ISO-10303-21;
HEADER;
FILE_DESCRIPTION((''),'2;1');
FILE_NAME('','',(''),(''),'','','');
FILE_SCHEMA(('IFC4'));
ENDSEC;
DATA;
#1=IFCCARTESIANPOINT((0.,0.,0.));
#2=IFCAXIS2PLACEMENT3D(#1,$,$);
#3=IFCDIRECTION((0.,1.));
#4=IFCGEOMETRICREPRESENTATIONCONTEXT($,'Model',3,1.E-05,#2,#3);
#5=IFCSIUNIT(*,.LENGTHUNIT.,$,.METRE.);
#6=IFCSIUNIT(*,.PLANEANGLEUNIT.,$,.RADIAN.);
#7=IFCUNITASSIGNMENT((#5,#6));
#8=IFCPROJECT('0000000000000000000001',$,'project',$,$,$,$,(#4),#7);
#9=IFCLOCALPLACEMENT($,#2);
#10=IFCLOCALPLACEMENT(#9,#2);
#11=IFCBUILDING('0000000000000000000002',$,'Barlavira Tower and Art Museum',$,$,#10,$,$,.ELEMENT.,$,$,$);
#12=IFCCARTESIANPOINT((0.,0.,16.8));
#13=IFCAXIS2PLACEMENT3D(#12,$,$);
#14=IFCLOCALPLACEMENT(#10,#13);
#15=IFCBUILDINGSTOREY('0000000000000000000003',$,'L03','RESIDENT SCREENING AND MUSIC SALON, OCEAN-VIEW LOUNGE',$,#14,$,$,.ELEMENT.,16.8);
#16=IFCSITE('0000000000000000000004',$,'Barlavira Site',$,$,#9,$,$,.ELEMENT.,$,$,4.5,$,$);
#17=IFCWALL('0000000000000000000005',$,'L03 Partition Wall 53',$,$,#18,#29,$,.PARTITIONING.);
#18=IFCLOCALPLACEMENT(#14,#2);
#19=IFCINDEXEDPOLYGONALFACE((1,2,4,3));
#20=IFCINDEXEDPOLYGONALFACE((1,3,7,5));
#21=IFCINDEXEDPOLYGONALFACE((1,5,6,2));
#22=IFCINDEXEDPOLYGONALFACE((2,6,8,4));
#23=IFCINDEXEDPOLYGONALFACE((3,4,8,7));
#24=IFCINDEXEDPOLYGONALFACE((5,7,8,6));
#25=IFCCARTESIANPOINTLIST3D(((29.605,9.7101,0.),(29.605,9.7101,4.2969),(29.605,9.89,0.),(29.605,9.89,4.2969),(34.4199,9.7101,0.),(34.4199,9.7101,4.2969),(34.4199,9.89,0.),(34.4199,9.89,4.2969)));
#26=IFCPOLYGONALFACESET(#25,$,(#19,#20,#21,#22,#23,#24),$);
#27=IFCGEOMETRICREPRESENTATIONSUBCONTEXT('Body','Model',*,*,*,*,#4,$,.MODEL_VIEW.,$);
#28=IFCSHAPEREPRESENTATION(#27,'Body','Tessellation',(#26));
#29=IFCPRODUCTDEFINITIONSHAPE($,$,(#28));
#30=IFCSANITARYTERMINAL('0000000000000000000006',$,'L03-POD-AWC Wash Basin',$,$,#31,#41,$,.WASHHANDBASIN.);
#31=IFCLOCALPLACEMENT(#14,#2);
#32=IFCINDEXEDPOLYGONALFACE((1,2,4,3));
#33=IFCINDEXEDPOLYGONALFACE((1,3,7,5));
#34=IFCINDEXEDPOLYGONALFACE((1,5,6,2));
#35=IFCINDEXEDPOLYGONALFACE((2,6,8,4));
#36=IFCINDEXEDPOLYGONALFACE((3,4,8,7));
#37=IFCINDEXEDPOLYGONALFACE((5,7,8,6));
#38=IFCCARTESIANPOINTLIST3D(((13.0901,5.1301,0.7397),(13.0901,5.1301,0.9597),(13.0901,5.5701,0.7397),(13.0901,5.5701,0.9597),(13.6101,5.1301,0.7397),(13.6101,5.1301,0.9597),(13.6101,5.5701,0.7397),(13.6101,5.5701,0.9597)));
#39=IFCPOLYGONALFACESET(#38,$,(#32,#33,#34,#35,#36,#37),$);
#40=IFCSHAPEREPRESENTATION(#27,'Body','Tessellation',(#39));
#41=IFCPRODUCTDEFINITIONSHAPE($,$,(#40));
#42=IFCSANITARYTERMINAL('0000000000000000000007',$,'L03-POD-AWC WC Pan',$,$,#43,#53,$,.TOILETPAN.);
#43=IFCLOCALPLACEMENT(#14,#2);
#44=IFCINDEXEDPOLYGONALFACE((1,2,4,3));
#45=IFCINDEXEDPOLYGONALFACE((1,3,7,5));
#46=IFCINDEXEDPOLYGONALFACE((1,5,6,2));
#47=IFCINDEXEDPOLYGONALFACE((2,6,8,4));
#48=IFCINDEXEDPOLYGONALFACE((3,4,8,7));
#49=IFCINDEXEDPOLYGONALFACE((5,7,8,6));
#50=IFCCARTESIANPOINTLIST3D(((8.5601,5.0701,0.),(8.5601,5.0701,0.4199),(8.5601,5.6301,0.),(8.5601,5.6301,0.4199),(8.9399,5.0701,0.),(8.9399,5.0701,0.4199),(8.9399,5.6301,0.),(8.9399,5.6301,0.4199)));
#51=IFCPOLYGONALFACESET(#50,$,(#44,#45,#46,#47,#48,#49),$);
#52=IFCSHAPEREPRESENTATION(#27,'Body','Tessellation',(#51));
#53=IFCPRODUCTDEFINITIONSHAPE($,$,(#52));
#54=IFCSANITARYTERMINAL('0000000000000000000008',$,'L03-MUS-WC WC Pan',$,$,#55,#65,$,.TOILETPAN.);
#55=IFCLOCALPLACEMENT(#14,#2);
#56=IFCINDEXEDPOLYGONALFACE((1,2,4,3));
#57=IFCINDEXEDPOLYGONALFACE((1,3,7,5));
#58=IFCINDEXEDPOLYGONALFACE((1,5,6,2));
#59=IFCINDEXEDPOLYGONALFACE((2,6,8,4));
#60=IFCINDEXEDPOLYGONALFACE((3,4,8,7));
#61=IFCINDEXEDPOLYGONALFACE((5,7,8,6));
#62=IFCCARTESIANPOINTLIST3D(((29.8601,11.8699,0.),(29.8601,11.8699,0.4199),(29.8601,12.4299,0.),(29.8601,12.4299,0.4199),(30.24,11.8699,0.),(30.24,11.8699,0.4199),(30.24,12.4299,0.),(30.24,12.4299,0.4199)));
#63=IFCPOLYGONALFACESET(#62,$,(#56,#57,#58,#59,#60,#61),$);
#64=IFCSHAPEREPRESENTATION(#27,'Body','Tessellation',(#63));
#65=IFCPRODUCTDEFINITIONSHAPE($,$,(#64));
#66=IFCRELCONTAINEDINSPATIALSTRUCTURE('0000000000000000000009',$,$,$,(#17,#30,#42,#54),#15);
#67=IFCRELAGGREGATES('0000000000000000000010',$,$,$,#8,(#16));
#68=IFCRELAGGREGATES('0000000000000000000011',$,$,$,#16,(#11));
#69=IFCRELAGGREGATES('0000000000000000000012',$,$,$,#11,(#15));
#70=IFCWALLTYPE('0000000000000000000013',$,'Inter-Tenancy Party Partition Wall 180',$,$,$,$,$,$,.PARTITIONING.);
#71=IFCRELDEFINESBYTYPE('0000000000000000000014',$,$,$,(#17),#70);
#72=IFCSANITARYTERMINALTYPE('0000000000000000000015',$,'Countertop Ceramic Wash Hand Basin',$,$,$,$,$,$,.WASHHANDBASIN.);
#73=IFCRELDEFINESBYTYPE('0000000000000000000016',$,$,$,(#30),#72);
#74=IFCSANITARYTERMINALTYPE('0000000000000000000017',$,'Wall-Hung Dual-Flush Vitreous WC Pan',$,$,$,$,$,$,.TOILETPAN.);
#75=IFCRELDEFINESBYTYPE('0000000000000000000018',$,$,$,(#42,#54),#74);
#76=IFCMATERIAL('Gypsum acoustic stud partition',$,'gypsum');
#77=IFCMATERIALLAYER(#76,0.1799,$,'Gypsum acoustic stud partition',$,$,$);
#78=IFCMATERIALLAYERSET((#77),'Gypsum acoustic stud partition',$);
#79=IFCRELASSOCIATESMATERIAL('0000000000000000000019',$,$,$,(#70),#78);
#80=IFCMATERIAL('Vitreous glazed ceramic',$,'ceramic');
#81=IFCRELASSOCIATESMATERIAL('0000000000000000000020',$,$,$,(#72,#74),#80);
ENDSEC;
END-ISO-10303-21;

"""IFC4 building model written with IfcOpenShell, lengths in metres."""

from ifc_helpers import new_model, si_unit, direction, frame, frame_2d, origin, origin_2d, place, context, subcontext, project, spatial, rectangle, extrude, material, layer, layer_set, type_object, element, save


model = new_model("IFC4")

# Units and contexts
model_context = context("Model", 3, precision=1e-05, world=origin(), true_north=direction((0.0, 1.0)))
body_context = subcontext(model_context, "Body", "Model", "MODEL_VIEW")
ifc_project = project(units=[si_unit("LENGTHUNIT", "METRE"), si_unit("PLANEANGLEUNIT", "RADIAN")], contexts=[model_context])

# Site, building, storey
site_placement = place(None, origin())
site = spatial("IfcSite", under=ifc_project, at=site_placement, Name="Barlavira Site", CompositionType="ELEMENT", RefElevation=4.5)
building_placement = place(site_placement, origin())
building = spatial("IfcBuilding", under=site, at=building_placement, Name="Barlavira Tower and Art Museum", CompositionType="ELEMENT")
storey_placement = place(building_placement, frame((0.0, 0.0, 16.8)))
storey = spatial("IfcBuildingStorey", under=building, at=storey_placement, Name="L03", Description="RESIDENT SCREENING AND MUSIC SALON, OCEAN-VIEW LOUNGE", CompositionType="ELEMENT", Elevation=16.8)

# Wall
ifc_material_1 = material(Name="Gypsum acoustic stud partition", Category="gypsum")
ifc_layer_1 = layer(ifc_material_1, 0.1799, Name="Gypsum acoustic stud partition")
ifc_layer_set_1 = layer_set([ifc_layer_1], Name="Gypsum acoustic stud partition")
wall_type_1 = type_object("IfcWallType", Name="Inter-Tenancy Party Partition Wall 180", PredefinedType="PARTITIONING", material=ifc_layer_set_1)
wall_1_placement = place(storey_placement, frame((29.605, 9.8, 0.0), z_axis=(0.0, 0.0, 1.0), x_axis=(1.0, 0.0, 0.0)))
element("IfcWall", 1, at=wall_1_placement, inside=storey, type_object=wall_type_1, Name="L03 Partition Wall 53", PredefinedType="PARTITIONING", context=body_context, shape_type="SweptSolid", body=[
    extrude(rectangle(XDim=4.8149, YDim=0.1799, at=frame_2d((2.4075, 0.0))), origin(), (0.0, 0.0, 1.0), 4.2969),
])

# Sanitary terminals
ifc_material_2 = material(Name="Vitreous glazed ceramic", Category="ceramic")
sanitary_terminal_type_1 = type_object("IfcSanitaryTerminalType", Name="Countertop Ceramic Wash Hand Basin", PredefinedType="WASHHANDBASIN", material=ifc_material_2)
sanitary_terminal_placement = place(storey_placement, frame((13.3501, 5.3501, 0.7397), z_axis=(0.0, 0.0, 1.0), x_axis=(1.0, 0.0, 0.0)))
element("IfcSanitaryTerminal", 2, at=sanitary_terminal_placement, inside=storey, type_object=sanitary_terminal_type_1, Name="L03-POD-AWC Wash Basin", PredefinedType="WASHHANDBASIN", context=body_context, shape_type="SweptSolid", body=[
    extrude(rectangle(XDim=0.52, YDim=0.4399, at=origin_2d()), origin(), (0.0, 0.0, 1.0), 0.22),
])
sanitary_terminal_type_2 = type_object("IfcSanitaryTerminalType", Name="Wall-Hung Dual-Flush Vitreous WC Pan", PredefinedType="TOILETPAN", material=ifc_material_2)
for number, where, z_axis, x_axis, name in (
    (3, (8.75, 5.3501, 0.0), (0.0, 0.0, 1.0), (1.0, 0.0, 0.0), "L03-POD-AWC WC Pan"),
    (4, (30.05, 12.1499, 0.0), (0.0, 0.0, 1.0), (1.0, 0.0, 0.0), "L03-MUS-WC WC Pan"),
):
    element("IfcSanitaryTerminal", number, at=place(storey_placement, frame(where, z_axis=z_axis, x_axis=x_axis)), inside=storey, type_object=sanitary_terminal_type_2, Name=name, PredefinedType="TOILETPAN", context=body_context, shape_type="SweptSolid", body=[
        extrude(rectangle(XDim=0.3799, YDim=0.5601, at=origin_2d()), origin(), (0.0, 0.0, 1.0), 0.4199),
    ])

save(model, "model.ifc")
